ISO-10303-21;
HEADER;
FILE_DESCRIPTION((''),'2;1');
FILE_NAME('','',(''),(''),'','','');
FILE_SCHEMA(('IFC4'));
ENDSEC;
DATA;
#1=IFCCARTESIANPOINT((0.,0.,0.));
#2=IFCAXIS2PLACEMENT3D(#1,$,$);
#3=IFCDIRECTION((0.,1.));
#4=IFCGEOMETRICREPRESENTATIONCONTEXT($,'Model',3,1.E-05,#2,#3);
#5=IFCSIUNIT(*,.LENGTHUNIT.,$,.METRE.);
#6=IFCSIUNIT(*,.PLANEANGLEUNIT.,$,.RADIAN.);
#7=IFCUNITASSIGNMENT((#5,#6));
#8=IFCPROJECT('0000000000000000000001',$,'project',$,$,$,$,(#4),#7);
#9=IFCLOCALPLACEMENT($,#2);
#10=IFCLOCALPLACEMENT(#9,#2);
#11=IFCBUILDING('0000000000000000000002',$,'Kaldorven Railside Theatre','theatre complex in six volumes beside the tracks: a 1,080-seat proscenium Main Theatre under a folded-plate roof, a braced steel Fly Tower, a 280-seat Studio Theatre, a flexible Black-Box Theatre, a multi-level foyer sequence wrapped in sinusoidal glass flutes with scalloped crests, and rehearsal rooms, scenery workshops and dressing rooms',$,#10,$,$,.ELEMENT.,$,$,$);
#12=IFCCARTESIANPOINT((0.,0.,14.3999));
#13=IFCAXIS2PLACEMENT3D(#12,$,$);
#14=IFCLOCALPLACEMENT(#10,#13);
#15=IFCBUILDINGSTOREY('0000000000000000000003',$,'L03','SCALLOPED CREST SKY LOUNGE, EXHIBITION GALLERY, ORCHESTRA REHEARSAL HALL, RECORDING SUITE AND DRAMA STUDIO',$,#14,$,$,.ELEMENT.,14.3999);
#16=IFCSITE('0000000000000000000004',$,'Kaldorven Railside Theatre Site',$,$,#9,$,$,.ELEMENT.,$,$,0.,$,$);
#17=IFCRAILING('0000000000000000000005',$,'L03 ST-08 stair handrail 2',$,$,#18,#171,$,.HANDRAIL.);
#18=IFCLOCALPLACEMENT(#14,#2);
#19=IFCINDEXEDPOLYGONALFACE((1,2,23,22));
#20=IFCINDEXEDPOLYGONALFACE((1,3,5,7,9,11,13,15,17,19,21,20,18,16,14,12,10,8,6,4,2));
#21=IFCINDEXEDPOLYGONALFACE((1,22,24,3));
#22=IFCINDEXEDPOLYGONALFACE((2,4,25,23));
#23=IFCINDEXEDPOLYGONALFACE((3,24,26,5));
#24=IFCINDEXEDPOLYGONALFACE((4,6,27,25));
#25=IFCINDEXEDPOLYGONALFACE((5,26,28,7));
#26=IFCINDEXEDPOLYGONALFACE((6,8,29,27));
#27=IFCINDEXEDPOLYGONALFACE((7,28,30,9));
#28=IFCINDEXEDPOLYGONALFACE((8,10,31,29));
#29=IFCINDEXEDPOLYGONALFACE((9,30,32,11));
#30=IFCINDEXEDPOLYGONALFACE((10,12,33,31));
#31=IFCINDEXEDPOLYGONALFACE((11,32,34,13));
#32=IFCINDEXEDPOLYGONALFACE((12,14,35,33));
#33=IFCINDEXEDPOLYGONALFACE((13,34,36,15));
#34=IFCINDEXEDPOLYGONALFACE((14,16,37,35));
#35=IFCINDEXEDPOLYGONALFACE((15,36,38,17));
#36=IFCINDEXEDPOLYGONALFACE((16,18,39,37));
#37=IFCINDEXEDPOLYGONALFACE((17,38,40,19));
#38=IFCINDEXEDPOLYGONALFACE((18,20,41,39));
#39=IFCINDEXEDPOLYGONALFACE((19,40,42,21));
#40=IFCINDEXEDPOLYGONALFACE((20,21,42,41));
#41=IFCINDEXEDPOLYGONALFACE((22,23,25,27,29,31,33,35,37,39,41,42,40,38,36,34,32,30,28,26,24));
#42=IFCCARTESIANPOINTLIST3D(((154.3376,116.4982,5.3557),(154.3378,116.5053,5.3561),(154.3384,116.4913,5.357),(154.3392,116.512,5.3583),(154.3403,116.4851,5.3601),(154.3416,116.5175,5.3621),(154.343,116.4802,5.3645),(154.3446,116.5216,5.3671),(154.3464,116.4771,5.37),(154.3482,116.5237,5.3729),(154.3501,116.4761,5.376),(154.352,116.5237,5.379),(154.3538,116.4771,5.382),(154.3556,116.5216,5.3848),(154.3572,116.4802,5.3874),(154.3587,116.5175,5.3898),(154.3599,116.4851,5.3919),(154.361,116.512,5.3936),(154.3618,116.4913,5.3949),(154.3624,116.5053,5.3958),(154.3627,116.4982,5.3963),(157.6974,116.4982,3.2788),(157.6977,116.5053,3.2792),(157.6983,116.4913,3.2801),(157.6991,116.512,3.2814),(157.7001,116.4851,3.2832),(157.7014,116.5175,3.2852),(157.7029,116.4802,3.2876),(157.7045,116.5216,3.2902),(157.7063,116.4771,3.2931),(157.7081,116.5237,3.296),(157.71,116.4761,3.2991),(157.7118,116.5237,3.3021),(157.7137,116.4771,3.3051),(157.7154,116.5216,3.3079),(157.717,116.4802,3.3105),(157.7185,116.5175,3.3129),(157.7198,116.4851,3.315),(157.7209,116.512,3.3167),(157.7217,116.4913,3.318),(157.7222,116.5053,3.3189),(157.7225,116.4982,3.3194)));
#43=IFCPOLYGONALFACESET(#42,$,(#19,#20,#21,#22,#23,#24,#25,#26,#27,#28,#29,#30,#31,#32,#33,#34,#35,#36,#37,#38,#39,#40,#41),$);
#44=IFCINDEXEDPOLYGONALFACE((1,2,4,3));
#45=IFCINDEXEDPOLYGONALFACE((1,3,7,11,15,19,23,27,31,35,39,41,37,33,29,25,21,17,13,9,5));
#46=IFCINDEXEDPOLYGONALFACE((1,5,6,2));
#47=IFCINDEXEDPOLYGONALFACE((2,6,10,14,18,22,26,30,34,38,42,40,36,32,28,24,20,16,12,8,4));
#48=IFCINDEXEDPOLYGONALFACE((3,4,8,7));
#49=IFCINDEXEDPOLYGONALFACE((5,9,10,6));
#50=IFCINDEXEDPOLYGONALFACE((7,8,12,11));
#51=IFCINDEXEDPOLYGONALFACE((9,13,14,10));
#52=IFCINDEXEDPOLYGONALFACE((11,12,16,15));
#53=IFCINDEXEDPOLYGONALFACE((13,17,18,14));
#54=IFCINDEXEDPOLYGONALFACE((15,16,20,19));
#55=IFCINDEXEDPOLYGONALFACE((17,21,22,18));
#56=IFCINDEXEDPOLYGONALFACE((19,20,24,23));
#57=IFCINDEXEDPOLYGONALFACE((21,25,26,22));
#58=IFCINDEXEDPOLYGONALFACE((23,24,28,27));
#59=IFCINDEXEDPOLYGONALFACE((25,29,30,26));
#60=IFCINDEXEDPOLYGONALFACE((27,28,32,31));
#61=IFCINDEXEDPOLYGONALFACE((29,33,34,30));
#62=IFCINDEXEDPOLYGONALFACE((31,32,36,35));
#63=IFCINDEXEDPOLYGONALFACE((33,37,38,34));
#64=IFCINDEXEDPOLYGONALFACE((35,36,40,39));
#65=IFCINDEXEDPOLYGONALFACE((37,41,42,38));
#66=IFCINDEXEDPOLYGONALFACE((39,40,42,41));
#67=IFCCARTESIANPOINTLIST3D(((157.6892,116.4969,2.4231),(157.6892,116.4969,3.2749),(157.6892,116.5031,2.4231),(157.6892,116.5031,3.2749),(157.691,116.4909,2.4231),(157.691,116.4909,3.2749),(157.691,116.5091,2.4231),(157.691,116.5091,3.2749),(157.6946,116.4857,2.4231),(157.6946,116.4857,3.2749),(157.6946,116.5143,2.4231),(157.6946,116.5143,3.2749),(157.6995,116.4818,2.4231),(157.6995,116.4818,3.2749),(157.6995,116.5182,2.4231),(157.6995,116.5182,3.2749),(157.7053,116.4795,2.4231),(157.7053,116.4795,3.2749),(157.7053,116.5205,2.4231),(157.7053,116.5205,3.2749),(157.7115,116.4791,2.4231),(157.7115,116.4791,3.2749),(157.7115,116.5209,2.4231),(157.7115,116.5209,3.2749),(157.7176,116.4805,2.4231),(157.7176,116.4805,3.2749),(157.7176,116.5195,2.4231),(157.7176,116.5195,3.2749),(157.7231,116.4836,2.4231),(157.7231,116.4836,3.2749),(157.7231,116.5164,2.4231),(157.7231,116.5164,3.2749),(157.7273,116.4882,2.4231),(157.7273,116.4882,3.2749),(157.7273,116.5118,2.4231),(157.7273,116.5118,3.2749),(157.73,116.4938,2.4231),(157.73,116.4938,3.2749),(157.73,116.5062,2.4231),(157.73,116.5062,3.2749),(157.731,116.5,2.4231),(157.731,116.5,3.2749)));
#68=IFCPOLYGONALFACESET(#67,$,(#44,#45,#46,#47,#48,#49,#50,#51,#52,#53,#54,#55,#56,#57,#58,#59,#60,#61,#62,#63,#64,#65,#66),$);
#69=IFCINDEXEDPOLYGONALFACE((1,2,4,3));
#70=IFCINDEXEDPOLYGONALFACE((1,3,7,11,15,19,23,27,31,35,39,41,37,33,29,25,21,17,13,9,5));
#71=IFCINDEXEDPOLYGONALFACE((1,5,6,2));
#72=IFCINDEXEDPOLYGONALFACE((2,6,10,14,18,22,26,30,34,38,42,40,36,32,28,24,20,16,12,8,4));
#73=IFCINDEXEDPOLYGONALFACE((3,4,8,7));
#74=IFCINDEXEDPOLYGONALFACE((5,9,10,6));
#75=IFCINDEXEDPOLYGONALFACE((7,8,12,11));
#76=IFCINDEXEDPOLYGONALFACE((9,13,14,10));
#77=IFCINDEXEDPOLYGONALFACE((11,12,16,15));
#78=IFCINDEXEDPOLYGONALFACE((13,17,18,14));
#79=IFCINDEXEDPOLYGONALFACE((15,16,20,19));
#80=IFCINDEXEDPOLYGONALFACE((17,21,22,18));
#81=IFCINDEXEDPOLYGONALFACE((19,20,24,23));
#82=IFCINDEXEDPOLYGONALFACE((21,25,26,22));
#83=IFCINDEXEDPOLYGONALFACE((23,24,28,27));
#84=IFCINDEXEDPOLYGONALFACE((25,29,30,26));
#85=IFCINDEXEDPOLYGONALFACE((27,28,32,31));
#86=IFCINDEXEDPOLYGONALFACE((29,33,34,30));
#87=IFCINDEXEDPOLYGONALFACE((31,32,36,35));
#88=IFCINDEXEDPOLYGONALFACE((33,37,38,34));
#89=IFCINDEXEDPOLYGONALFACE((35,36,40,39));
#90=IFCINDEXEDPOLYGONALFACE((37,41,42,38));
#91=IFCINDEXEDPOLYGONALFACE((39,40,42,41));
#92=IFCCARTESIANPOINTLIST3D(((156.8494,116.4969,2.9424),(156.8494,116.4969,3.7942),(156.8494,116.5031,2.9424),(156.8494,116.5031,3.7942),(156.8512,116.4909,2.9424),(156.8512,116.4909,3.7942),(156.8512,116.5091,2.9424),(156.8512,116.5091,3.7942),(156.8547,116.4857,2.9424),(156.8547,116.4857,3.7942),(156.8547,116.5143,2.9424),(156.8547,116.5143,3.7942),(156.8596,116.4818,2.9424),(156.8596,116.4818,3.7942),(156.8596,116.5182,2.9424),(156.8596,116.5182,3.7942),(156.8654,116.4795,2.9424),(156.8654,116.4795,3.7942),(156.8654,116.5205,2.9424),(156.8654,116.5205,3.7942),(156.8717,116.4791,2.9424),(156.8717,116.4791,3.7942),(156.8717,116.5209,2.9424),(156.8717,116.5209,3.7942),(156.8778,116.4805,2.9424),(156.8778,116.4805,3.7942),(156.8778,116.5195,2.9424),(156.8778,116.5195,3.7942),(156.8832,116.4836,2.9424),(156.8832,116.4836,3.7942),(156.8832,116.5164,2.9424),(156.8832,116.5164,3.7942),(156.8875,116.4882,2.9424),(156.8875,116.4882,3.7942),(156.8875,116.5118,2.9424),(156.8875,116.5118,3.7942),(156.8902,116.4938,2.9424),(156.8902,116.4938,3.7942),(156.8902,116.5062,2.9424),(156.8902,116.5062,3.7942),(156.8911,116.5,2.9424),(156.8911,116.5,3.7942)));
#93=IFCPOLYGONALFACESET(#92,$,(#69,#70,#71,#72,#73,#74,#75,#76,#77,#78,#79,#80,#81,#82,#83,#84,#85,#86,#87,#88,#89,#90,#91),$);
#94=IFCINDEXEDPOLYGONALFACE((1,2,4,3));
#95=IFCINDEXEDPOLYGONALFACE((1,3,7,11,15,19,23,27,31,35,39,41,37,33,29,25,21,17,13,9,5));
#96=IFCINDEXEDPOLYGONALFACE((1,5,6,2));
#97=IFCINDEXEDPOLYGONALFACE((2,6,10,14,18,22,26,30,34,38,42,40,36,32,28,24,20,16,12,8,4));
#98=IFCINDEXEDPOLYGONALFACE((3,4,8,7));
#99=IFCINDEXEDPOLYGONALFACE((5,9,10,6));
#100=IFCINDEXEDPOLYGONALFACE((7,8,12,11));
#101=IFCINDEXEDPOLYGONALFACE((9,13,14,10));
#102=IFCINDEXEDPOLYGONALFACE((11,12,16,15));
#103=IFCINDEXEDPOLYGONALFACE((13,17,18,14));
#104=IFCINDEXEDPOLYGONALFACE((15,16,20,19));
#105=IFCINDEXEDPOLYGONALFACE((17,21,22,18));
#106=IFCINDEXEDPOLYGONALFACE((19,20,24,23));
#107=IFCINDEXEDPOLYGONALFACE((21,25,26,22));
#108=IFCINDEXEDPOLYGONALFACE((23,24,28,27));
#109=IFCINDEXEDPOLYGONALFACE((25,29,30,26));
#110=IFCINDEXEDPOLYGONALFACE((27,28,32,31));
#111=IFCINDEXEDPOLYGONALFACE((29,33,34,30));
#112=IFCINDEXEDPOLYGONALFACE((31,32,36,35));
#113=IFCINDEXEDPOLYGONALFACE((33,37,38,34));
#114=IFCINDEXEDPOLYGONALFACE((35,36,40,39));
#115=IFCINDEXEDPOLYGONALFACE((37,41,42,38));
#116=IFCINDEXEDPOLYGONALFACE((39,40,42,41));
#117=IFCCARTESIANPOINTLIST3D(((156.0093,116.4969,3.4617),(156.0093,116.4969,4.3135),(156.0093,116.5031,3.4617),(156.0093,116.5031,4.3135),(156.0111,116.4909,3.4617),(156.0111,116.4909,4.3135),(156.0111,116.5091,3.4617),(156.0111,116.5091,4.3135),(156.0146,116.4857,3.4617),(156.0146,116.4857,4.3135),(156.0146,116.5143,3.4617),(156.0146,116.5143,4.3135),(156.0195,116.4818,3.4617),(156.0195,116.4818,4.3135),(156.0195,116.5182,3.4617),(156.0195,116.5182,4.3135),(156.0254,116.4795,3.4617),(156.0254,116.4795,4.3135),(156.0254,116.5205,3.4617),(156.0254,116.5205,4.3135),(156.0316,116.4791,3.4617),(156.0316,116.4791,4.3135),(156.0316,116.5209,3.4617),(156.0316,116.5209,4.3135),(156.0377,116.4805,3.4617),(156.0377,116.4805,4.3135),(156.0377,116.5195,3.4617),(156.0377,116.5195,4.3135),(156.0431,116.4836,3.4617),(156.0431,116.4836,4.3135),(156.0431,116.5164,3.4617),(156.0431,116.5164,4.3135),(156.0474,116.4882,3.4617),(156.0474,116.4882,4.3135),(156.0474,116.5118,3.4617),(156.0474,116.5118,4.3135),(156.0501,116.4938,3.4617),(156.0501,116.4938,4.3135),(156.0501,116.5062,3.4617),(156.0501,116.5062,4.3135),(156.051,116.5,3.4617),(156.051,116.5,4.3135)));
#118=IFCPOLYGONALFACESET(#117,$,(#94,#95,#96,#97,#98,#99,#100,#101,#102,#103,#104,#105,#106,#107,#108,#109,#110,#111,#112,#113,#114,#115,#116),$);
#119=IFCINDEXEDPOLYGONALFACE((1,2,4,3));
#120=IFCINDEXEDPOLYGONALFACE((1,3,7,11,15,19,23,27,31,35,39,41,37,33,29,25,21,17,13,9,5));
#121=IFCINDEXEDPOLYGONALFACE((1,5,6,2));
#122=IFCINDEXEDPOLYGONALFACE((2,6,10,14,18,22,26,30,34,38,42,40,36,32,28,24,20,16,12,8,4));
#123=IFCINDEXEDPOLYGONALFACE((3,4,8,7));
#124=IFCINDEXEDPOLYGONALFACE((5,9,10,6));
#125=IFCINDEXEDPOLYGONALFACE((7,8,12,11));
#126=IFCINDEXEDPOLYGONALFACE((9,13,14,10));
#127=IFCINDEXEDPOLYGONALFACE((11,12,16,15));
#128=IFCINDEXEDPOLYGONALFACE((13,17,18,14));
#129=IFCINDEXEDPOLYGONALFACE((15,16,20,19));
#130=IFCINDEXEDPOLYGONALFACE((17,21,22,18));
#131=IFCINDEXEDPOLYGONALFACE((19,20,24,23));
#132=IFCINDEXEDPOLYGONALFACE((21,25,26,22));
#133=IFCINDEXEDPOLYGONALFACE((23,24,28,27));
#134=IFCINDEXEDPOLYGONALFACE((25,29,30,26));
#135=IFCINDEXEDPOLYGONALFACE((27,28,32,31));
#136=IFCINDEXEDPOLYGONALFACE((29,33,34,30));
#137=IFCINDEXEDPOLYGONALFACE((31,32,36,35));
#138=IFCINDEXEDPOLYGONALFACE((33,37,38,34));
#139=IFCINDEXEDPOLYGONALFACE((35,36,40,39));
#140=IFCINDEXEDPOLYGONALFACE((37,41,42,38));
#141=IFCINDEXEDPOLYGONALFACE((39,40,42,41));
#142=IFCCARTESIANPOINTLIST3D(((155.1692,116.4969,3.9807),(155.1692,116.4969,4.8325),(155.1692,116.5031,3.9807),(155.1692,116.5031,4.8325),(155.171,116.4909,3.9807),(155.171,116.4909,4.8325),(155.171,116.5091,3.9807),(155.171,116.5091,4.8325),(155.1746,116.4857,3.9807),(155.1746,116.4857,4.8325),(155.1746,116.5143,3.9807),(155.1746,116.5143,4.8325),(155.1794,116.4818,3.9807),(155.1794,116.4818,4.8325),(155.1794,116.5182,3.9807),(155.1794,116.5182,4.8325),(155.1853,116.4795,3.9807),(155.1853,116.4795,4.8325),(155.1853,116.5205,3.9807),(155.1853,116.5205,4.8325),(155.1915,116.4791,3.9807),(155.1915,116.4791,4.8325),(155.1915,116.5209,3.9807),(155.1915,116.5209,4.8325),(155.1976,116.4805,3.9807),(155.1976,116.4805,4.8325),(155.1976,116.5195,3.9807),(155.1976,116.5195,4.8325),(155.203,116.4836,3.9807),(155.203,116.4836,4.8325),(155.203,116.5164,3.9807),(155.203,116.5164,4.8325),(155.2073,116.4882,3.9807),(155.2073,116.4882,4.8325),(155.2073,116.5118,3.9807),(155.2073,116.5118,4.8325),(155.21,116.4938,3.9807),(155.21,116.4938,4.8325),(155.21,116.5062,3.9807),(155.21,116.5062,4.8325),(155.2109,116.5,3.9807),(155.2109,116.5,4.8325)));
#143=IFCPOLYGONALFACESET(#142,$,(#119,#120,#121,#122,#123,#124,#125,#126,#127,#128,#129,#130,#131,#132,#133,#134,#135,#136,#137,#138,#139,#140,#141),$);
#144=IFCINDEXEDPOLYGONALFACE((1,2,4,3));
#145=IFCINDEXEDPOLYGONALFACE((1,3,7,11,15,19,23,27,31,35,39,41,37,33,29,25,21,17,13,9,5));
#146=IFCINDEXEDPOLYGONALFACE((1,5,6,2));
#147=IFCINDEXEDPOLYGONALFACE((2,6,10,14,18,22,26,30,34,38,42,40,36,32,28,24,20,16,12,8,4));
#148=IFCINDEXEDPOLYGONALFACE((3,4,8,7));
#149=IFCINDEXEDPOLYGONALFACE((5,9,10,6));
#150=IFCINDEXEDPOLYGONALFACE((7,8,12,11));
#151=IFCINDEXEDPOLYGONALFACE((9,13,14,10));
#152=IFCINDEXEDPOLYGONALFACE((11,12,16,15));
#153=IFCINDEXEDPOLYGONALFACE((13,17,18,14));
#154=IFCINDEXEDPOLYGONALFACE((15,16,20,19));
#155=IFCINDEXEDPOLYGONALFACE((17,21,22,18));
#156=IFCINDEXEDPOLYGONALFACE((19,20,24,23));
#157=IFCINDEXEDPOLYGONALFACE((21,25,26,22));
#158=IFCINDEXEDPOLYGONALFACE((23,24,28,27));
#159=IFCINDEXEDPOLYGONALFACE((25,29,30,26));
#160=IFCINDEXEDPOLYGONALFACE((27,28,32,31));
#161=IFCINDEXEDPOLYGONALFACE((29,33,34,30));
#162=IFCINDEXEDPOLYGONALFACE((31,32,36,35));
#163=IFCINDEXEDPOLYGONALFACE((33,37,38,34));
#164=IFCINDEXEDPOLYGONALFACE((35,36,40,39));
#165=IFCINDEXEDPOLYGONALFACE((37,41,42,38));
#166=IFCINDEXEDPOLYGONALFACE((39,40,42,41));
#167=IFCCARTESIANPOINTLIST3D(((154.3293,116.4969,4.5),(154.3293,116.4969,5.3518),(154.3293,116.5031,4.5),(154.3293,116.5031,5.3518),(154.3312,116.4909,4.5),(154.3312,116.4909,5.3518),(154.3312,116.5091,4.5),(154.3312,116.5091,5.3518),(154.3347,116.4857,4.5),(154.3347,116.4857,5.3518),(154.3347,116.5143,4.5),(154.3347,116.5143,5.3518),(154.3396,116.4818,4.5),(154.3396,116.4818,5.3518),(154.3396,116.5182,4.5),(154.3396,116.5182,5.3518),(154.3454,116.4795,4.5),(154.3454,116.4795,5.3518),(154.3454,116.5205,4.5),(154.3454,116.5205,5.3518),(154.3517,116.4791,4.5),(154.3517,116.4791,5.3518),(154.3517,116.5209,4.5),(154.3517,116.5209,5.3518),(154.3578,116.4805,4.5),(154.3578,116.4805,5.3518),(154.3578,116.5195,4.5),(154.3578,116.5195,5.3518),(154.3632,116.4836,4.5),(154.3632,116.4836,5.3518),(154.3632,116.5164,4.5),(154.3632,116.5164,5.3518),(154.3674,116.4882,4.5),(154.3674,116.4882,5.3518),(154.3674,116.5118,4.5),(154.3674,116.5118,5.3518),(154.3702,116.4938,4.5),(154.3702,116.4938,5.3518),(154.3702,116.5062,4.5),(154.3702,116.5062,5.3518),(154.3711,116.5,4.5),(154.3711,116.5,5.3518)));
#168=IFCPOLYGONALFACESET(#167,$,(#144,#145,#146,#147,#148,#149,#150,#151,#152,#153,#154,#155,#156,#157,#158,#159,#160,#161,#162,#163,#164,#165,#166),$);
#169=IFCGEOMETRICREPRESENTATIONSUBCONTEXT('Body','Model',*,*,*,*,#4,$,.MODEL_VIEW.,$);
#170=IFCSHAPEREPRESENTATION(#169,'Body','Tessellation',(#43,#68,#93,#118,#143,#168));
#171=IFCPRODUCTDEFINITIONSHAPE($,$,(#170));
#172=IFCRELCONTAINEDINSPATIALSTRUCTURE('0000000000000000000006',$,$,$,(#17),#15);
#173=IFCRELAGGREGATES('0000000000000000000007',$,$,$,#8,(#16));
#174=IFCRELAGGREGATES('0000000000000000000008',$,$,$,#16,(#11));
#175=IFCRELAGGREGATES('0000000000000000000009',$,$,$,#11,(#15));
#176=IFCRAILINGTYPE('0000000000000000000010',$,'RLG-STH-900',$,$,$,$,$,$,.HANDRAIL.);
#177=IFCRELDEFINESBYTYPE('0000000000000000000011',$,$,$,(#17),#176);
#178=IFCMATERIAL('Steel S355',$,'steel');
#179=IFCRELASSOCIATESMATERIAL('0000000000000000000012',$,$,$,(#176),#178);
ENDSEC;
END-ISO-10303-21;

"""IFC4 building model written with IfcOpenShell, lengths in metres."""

from ifc_helpers import new_model, si_unit, direction, frame, origin, origin_2d, place, context, subcontext, project, spatial, circle, extrude, material, type_object, element, save


model = new_model("IFC4")

# Units and contexts
model_context = context("Model", 3, precision=1e-05, world=origin(), true_north=direction((0.0, 1.0)))
body_context = subcontext(model_context, "Body", "Model", "MODEL_VIEW")
ifc_project = project(units=[si_unit("LENGTHUNIT", "METRE"), si_unit("PLANEANGLEUNIT", "RADIAN")], contexts=[model_context])

# Site, building, storey
site_placement = place(None, origin())
site = spatial("IfcSite", under=ifc_project, at=site_placement, Name="Kaldorven Railside Theatre Site", CompositionType="ELEMENT", RefElevation=0.0)
building_placement = place(site_placement, origin())
building = spatial("IfcBuilding", under=site, at=building_placement, Name="Kaldorven Railside Theatre", Description="theatre complex in six volumes beside the tracks: a 1,080-seat proscenium Main Theatre under a folded-plate roof, a braced steel Fly Tower, a 280-seat Studio Theatre, a flexible Black-Box Theatre, a multi-level foyer sequence wrapped in sinusoidal glass flutes with scalloped crests, and rehearsal rooms, scenery workshops and dressing rooms", CompositionType="ELEMENT")
storey_placement = place(building_placement, frame((0.0, 0.0, 14.3999)))
storey = spatial("IfcBuildingStorey", under=building, at=storey_placement, Name="L03", Description="SCALLOPED CREST SKY LOUNGE, EXHIBITION GALLERY, ORCHESTRA REHEARSAL HALL, RECORDING SUITE AND DRAMA STUDIO", CompositionType="ELEMENT", Elevation=14.3999)

# Shared definitions
ifc_material_1 = material(Name="Steel S355", Category="steel")

# Railing
railing_type = type_object("IfcRailingType", Name="RLG-STH-900", PredefinedType="HANDRAIL", material=ifc_material_1)
railing_placement = place(storey_placement, frame((157.71, 116.5, 2.4231)))
element("IfcRailing", 1, at=railing_placement, inside=storey, type_object=railing_type, Name="L03 ST-08 stair handrail 2", PredefinedType="HANDRAIL", context=body_context, shape_type="SweptSolid", body=[
    extrude(circle(Radius=0.0239, at=origin_2d()), frame((0.0, 0.0, 0.876), z_axis=(-0.850606, 0.0, 0.525803), x_axis=(0.0, -1.0, 0.0)), (0.0, 0.0, 1.0), 3.95),
    extrude(circle(Radius=0.021, at=origin_2d()), origin(), (0.0, 0.0, 1.0), 0.8518),
    extrude(circle(Radius=0.021, at=origin_2d()), frame((-0.8398, 0.0, 0.5193)), (0.0, 0.0, 1.0), 0.8518),
    extrude(circle(Radius=0.021, at=origin_2d()), frame((-1.6799, 0.0, 1.0386)), (0.0, 0.0, 1.0), 0.8518),
    extrude(circle(Radius=0.021, at=origin_2d()), frame((-2.52, 0.0, 1.5576)), (0.0, 0.0, 1.0), 0.8518),
    extrude(circle(Radius=0.021, at=origin_2d()), frame((-3.3599, 0.0, 2.0769)), (0.0, 0.0, 1.0), 0.8518),
])

save(model, "model.ifc")
